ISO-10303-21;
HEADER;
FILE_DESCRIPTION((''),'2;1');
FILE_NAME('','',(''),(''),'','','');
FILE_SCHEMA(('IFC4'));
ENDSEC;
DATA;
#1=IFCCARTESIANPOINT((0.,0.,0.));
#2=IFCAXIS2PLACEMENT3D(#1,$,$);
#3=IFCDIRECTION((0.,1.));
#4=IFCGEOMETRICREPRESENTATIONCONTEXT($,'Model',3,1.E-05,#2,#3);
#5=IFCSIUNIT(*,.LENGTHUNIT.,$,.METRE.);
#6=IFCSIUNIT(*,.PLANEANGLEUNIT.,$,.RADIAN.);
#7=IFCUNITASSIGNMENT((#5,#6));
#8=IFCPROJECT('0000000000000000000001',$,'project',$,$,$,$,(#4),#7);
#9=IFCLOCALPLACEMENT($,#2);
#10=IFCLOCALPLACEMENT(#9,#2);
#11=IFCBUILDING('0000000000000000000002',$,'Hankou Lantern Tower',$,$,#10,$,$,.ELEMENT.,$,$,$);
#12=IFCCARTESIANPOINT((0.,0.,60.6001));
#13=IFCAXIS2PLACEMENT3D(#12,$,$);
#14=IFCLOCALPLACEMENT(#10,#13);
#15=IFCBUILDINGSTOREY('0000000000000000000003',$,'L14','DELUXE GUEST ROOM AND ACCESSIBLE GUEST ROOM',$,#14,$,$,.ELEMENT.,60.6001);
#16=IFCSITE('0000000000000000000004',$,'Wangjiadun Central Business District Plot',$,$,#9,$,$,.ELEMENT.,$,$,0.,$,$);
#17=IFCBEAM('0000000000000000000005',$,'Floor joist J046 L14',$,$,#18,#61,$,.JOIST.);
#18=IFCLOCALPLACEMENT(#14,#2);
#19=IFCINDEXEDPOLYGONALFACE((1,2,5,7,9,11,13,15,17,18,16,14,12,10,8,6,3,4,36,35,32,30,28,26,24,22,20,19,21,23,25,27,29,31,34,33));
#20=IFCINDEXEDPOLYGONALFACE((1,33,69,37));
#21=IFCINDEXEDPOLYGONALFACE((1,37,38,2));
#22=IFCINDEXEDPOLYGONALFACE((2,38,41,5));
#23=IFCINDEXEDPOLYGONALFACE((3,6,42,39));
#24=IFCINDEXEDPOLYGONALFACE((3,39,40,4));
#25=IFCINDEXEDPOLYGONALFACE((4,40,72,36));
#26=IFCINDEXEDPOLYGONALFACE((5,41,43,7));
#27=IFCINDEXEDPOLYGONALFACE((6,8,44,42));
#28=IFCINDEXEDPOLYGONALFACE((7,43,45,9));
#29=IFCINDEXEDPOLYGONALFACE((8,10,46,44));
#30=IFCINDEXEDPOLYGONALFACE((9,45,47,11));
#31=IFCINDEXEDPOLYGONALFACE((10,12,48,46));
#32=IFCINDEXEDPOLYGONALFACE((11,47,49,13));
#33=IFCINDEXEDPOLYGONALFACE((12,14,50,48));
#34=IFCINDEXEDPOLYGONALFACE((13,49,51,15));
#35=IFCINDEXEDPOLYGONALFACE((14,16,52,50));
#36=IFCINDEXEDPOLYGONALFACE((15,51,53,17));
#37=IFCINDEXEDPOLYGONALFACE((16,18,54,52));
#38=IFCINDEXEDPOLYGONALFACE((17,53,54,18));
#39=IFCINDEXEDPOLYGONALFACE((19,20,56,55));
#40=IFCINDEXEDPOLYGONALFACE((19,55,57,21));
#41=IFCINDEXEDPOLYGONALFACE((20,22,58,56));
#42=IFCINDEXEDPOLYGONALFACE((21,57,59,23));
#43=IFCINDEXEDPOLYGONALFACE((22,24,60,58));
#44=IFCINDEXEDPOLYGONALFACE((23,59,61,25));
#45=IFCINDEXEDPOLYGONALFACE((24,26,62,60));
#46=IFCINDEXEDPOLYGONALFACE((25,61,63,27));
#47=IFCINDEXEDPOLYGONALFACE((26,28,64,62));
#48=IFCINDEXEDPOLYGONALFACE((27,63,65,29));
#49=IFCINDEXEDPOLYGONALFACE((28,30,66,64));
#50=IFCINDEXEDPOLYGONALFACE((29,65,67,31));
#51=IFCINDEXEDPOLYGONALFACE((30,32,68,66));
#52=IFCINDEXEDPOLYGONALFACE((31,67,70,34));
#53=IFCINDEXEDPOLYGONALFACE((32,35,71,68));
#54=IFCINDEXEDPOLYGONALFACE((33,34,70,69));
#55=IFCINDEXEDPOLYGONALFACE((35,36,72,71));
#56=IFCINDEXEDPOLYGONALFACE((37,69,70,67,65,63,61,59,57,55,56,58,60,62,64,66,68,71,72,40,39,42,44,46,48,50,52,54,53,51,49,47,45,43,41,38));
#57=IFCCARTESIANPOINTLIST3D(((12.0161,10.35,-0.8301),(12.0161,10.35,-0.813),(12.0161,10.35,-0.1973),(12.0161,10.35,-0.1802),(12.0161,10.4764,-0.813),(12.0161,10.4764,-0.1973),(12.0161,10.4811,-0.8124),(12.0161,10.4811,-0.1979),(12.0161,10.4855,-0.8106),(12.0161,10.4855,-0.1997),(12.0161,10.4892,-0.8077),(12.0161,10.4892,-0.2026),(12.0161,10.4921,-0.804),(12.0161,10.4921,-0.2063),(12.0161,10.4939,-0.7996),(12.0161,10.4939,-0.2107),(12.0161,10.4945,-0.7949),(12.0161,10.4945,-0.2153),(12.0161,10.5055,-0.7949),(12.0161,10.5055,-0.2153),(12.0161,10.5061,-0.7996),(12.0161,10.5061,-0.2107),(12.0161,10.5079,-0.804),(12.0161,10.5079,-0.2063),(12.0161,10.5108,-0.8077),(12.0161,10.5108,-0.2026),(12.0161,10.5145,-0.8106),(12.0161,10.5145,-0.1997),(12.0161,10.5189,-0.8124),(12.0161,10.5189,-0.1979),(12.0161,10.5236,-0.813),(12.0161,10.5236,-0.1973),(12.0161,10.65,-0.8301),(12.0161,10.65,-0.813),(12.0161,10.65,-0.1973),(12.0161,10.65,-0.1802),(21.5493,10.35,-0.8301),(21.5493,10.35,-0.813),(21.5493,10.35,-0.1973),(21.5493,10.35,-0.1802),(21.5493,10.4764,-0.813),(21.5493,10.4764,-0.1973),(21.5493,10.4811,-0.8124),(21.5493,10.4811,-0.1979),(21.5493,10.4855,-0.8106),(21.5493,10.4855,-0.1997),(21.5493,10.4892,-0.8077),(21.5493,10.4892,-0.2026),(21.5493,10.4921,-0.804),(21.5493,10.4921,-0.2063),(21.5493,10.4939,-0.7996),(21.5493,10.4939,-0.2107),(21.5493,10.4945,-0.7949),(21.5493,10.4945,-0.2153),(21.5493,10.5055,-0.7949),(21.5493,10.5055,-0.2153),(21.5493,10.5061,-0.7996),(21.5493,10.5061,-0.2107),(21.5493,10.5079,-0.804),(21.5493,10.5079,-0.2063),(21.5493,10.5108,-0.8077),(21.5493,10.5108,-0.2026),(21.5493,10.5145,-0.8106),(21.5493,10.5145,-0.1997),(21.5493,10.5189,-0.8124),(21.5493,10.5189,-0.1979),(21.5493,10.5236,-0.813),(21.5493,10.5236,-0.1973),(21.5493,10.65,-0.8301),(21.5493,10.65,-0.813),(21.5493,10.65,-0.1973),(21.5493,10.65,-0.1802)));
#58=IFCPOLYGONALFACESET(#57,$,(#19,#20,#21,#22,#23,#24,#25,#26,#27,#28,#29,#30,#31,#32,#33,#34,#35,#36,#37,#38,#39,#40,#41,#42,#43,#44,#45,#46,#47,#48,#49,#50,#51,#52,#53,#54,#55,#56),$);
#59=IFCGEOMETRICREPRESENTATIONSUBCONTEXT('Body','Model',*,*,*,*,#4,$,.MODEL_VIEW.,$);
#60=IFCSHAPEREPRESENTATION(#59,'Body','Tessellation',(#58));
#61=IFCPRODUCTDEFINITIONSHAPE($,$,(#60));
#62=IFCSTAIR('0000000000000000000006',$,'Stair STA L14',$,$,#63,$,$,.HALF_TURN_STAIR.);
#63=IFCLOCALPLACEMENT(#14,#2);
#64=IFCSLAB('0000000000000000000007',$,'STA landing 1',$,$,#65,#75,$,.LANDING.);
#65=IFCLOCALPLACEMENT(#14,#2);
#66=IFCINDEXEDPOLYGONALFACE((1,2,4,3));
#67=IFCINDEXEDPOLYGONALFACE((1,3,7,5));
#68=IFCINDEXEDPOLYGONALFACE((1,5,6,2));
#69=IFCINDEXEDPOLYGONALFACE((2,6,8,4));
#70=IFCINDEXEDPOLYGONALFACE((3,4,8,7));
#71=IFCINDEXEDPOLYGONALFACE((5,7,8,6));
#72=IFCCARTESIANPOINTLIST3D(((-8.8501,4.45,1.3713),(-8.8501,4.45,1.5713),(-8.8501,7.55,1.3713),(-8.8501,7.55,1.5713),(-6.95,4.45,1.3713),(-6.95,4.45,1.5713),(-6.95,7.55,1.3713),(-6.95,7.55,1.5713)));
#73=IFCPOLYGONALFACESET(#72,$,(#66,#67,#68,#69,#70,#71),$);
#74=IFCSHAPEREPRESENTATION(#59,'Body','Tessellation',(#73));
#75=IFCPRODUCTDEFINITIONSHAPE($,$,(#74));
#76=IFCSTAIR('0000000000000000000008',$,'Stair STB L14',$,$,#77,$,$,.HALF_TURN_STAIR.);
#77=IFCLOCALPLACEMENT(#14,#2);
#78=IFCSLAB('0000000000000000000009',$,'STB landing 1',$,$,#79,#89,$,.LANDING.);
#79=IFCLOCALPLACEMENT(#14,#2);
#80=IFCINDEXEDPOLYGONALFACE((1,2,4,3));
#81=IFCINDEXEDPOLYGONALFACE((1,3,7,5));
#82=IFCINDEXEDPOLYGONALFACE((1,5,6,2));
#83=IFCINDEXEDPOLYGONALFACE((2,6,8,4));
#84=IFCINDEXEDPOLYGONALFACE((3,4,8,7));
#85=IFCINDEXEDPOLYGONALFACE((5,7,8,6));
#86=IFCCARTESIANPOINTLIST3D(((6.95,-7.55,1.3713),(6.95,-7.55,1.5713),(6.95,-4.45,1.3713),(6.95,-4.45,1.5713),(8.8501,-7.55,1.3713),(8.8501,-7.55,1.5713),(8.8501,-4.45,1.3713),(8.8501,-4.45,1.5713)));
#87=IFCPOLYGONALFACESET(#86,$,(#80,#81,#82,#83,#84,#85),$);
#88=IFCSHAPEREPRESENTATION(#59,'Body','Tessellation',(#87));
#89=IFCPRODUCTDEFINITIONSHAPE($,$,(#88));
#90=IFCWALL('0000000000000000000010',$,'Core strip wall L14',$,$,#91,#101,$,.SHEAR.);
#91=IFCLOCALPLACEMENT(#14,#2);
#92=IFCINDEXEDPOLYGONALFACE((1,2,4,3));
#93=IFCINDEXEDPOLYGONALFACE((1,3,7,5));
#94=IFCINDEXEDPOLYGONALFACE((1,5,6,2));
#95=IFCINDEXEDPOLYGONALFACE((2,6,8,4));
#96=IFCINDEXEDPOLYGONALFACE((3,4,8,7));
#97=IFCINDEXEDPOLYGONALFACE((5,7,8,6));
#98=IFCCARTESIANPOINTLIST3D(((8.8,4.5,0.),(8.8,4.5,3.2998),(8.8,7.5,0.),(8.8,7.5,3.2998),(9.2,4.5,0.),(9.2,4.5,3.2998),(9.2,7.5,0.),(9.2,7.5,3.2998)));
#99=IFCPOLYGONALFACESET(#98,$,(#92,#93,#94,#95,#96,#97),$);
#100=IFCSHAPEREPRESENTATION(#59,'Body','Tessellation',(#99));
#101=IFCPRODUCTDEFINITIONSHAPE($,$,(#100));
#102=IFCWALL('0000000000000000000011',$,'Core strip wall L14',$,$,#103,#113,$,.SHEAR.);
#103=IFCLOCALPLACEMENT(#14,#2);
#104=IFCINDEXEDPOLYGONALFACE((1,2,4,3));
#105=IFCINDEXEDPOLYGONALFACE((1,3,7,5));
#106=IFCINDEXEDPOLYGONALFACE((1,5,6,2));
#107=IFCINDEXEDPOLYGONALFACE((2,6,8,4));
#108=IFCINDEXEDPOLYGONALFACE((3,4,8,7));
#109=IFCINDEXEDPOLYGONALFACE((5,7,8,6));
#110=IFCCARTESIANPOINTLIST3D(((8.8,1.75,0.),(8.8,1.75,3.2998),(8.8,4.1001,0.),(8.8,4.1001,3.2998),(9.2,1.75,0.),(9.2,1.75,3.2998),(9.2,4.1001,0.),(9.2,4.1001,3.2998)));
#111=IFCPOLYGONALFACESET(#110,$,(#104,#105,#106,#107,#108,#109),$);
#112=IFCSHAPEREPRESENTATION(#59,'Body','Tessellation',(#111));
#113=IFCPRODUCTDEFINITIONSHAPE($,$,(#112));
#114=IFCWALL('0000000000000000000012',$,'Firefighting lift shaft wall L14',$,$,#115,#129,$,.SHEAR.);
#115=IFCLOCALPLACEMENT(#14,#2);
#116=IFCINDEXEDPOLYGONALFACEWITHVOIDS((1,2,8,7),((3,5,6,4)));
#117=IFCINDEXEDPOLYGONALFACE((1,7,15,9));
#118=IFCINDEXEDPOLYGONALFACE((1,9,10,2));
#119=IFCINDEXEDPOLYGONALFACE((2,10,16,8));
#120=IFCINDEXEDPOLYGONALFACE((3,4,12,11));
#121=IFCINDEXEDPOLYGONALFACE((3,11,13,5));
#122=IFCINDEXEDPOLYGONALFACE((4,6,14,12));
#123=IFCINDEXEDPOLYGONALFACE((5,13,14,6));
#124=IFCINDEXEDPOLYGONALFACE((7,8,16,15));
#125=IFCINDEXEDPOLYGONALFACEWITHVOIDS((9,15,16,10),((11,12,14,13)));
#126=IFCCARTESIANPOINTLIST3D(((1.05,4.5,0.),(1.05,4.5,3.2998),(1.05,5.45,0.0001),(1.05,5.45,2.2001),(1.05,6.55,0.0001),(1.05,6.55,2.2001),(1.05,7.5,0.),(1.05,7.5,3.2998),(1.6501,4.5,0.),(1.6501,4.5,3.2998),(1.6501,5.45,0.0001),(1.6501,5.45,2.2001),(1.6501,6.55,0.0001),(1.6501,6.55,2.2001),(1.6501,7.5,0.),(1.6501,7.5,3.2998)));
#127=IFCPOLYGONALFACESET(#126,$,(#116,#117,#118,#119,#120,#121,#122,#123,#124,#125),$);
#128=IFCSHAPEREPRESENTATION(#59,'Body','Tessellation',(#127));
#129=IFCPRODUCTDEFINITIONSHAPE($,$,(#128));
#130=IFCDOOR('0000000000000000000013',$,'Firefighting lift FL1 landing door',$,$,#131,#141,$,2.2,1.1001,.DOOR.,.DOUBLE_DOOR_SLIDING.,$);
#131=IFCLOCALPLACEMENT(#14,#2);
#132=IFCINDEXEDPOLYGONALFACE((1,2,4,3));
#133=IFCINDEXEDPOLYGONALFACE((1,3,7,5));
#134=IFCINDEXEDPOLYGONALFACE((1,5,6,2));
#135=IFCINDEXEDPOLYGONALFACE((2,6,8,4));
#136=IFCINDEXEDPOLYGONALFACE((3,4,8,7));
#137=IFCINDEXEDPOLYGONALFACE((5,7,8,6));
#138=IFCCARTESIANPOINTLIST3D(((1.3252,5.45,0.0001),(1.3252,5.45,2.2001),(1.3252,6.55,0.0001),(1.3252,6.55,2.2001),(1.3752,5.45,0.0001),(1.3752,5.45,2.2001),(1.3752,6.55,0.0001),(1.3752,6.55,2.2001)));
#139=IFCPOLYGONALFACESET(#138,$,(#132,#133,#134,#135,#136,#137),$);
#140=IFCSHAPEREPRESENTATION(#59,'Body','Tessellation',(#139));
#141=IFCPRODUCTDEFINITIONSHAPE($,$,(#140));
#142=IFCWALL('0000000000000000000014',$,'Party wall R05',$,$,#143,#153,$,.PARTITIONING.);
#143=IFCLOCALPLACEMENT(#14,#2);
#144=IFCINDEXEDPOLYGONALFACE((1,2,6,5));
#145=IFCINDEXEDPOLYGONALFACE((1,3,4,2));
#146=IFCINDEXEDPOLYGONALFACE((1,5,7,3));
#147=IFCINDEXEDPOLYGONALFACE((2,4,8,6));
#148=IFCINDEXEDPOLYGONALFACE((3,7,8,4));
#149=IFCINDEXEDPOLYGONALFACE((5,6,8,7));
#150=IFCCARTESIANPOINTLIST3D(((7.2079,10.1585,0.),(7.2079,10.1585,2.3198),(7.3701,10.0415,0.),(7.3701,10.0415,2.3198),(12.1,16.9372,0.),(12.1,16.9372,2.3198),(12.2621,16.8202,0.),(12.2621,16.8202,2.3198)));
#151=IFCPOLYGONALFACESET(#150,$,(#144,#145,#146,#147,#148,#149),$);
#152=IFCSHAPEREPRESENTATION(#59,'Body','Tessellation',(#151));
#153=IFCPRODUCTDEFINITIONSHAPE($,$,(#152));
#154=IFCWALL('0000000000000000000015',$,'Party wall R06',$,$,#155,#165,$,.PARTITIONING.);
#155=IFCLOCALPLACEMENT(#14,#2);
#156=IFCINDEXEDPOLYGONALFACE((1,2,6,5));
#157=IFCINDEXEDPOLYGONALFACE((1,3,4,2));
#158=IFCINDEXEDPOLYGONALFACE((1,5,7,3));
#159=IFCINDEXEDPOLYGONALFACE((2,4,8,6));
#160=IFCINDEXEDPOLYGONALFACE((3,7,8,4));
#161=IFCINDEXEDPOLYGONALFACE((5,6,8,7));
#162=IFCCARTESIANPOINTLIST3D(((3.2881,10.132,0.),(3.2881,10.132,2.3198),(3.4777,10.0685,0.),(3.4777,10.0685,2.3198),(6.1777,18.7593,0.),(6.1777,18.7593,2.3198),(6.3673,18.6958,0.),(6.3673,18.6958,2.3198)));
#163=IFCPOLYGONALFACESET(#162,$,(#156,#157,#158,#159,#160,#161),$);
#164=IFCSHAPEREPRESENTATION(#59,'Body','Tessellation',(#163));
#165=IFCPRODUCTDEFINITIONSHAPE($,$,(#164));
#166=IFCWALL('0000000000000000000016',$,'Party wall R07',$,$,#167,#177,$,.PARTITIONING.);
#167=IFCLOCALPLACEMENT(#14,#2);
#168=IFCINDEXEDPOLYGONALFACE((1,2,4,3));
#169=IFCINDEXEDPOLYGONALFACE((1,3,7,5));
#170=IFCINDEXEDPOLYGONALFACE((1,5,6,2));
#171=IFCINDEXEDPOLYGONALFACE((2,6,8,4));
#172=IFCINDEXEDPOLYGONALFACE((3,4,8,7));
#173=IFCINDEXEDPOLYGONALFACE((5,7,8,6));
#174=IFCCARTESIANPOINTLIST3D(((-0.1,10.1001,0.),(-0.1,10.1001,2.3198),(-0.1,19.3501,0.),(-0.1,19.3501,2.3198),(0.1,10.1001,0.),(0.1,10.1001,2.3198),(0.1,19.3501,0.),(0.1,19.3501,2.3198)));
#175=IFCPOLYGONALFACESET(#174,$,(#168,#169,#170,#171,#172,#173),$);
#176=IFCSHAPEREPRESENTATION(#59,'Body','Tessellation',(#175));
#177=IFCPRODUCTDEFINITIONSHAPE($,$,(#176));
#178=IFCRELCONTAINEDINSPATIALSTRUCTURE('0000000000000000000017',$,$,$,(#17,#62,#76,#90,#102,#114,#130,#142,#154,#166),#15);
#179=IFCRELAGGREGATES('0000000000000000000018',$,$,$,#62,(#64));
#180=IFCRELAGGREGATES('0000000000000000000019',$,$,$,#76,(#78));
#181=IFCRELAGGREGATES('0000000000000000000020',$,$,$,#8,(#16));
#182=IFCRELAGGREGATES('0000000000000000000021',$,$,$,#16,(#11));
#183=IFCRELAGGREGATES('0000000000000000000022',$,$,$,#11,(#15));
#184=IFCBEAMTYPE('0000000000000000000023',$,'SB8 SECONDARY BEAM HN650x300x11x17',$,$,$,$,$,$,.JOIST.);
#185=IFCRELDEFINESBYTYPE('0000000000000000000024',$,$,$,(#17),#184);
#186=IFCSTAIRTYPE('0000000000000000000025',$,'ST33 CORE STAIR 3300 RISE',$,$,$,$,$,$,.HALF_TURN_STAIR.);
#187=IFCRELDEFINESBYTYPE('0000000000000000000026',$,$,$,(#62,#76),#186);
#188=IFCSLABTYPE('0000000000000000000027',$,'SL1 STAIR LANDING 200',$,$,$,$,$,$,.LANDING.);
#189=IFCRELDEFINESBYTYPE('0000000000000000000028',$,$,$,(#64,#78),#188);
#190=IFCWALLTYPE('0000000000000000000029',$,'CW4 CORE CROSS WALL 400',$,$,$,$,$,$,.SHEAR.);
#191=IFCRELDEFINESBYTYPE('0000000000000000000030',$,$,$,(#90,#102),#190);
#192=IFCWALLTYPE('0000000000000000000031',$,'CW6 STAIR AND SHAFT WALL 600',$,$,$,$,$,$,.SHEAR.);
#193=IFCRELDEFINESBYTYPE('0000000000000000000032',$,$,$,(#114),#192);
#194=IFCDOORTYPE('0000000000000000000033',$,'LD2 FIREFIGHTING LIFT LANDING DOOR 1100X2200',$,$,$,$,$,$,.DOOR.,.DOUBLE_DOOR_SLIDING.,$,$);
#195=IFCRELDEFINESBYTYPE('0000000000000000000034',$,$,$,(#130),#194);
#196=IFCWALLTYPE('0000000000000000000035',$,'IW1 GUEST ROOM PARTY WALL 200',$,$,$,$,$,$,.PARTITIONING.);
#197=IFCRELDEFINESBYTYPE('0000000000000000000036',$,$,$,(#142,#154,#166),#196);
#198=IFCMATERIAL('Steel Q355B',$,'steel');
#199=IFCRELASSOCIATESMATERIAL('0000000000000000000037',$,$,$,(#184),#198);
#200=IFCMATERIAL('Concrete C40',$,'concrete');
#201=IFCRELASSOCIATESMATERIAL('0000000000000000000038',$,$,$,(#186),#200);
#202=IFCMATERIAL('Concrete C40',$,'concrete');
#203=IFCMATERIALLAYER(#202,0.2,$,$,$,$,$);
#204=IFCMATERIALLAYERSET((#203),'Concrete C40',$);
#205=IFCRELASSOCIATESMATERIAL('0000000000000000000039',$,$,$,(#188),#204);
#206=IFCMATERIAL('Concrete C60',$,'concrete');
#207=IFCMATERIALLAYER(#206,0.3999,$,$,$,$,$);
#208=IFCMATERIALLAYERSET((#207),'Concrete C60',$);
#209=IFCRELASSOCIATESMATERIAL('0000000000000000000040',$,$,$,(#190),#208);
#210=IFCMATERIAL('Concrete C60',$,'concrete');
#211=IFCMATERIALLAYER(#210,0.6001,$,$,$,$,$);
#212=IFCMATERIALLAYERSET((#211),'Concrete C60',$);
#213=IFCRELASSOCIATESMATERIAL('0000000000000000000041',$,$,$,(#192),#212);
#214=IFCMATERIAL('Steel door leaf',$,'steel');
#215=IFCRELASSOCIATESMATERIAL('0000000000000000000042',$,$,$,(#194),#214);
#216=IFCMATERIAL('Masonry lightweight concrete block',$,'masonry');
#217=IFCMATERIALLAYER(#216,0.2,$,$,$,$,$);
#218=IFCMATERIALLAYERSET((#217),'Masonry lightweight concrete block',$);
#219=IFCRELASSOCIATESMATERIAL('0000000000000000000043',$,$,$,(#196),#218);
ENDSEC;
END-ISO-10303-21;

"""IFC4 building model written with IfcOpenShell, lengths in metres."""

from ifc_helpers import new_model, si_unit, direction, frame, frame_2d, origin, origin_2d, place, context, subcontext, project, spatial, polyline, rectangle, i_section, outline, extrude, material, layer, layer_set, material_profile, profile_set, type_object, element, fill, aggregate, save


model = new_model("IFC4")

# Units and contexts
model_context = context("Model", 3, precision=1e-05, world=origin(), true_north=direction((0.0, 1.0)))
body_context = subcontext(model_context, "Body", "Model", "MODEL_VIEW")
ifc_project = project(units=[si_unit("LENGTHUNIT", "METRE"), si_unit("PLANEANGLEUNIT", "RADIAN")], contexts=[model_context])

# Site, building, storey
site_placement = place(None, origin())
site = spatial("IfcSite", under=ifc_project, at=site_placement, Name="Wangjiadun Central Business District Plot", CompositionType="ELEMENT", RefElevation=0.0)
building_placement = place(site_placement, origin())
building = spatial("IfcBuilding", under=site, at=building_placement, Name="Hankou Lantern Tower", CompositionType="ELEMENT")
storey_placement = place(building_placement, frame((0.0, 0.0, 60.6001)))
storey = spatial("IfcBuildingStorey", under=building, at=storey_placement, Name="L14", Description="DELUXE GUEST ROOM AND ACCESSIBLE GUEST ROOM", CompositionType="ELEMENT", Elevation=60.6001)

# Beam
ifc_material_1 = material(Name="Steel Q355B", Category="steel")
ifc_material_profile_1 = material_profile(ifc_material_1, i_section(OverallWidth=0.3, OverallDepth=0.6499, WebThickness=0.011, FlangeThickness=0.0171, FilletRadius=0.0181, at=origin_2d()), Name="HN650x300x11x17")
ifc_profile_set_1 = profile_set([ifc_material_profile_1], Name="Steel Q355B")
beam_type_1 = type_object("IfcBeamType", Name="SB8 SECONDARY BEAM HN650x300x11x17", PredefinedType="JOIST", material=ifc_profile_set_1)
beam_1_placement = place(storey_placement, frame((12.0161, 10.5, -0.5051), z_axis=(1.0, 0.0, 0.0), x_axis=(0.0, 1.0, 0.0)))
element("IfcBeam", 1, at=beam_1_placement, inside=storey, type_object=beam_type_1, Name="Floor joist J046 L14", PredefinedType="JOIST", context=body_context, shape_type="SweptSolid", body=[
    extrude(i_section(OverallWidth=0.3, OverallDepth=0.6499, WebThickness=0.011, FlangeThickness=0.0171, FilletRadius=0.0181, at=origin_2d()), origin(), (0.0, 0.0, 1.0), 9.5332),
])

# Stairs, slabs
ifc_material_2 = material(Name="Concrete C40", Category="concrete")
stair_type = type_object("IfcStairType", Name="ST33 CORE STAIR 3300 RISE", PredefinedType="HALF_TURN_STAIR", material=ifc_material_2)
stair_1_placement = place(storey_placement, origin())
stair_1 = element("IfcStair", 2, at=stair_1_placement, inside=storey, type_object=stair_type, Name="Stair STA L14", PredefinedType="HALF_TURN_STAIR")
ifc_material_3 = material(Name="Concrete C40", Category="concrete")
ifc_layer_1 = layer(ifc_material_3, 0.2)
ifc_layer_set_1 = layer_set([ifc_layer_1], Name="Concrete C40")
slab_type = type_object("IfcSlabType", Name="SL1 STAIR LANDING 200", PredefinedType="LANDING", material=ifc_layer_set_1)
slab_1_placement = place(storey_placement, frame((0.0, 0.0, 1.3713)))
slab_1 = element("IfcSlab", 3, at=slab_1_placement, type_object=slab_type, Name="STA landing 1", PredefinedType="LANDING", context=body_context, shape_type="SweptSolid", body=[
    extrude(outline(polyline([(-8.8501, 4.45), (-6.95, 4.45), (-6.95, 7.55), (-8.8501, 7.55), (-8.8501, 4.45)])), origin(), (0.0, 0.0, 1.0), 0.2),
])
aggregate(stair_1, [slab_1])
stair_2_placement = place(storey_placement, origin())
stair_2 = element("IfcStair", 4, at=stair_2_placement, inside=storey, type_object=stair_type, Name="Stair STB L14", PredefinedType="HALF_TURN_STAIR")
slab_2_placement = place(storey_placement, frame((0.0, 0.0, 1.3713)))
slab_2 = element("IfcSlab", 5, at=slab_2_placement, type_object=slab_type, Name="STB landing 1", PredefinedType="LANDING", context=body_context, shape_type="SweptSolid", body=[
    extrude(outline(polyline([(8.8501, -4.45), (6.95, -4.45), (6.95, -7.55), (8.8501, -7.55), (8.8501, -4.45)])), origin(), (0.0, 0.0, 1.0), 0.2),
])
aggregate(stair_2, [slab_2])

# Walls
ifc_material_4 = material(Name="Concrete C60", Category="concrete")
ifc_layer_2 = layer(ifc_material_4, 0.3999)
ifc_layer_set_2 = layer_set([ifc_layer_2], Name="Concrete C60")
wall_type_1 = type_object("IfcWallType", Name="CW4 CORE CROSS WALL 400", PredefinedType="SHEAR", material=ifc_layer_set_2)
wall_1_placement = place(storey_placement, frame((9.0, 4.5, 0.0), z_axis=(0.0, 0.0, 1.0), x_axis=(0.0, 1.0, 0.0)))
element("IfcWall", 6, at=wall_1_placement, inside=storey, type_object=wall_type_1, Name="Core strip wall L14", PredefinedType="SHEAR", context=body_context, shape_type="SweptSolid", body=[
    extrude(rectangle(XDim=3.0, YDim=0.3999, at=frame_2d((1.5, 0.0))), origin(), (0.0, 0.0, 1.0), 3.2998),
])
wall_2_placement = place(storey_placement, frame((9.0, 1.75, 0.0), z_axis=(0.0, 0.0, 1.0), x_axis=(0.0, 1.0, 0.0)))
element("IfcWall", 7, at=wall_2_placement, inside=storey, type_object=wall_type_1, Name="Core strip wall L14", PredefinedType="SHEAR", context=body_context, shape_type="SweptSolid", body=[
    extrude(rectangle(XDim=2.3501, YDim=0.3999, at=frame_2d((1.175, 0.0))), origin(), (0.0, 0.0, 1.0), 3.2998),
])

# Wall, opening, door
ifc_material_5 = material(Name="Concrete C60", Category="concrete")
ifc_layer_3 = layer(ifc_material_5, 0.6001)
ifc_layer_set_3 = layer_set([ifc_layer_3], Name="Concrete C60")
wall_type_2 = type_object("IfcWallType", Name="CW6 STAIR AND SHAFT WALL 600", PredefinedType="SHEAR", material=ifc_layer_set_3)
wall_3_placement = place(storey_placement, frame((1.3501, 4.5, 0.0), z_axis=(0.0, 0.0, 1.0), x_axis=(0.0, 1.0, 0.0)))
wall_3 = element("IfcWall", 8, at=wall_3_placement, inside=storey, type_object=wall_type_2, Name="Firefighting lift shaft wall L14", PredefinedType="SHEAR", context=body_context, shape_type="SweptSolid", body=[
    extrude(rectangle(XDim=3.0, YDim=0.6001, at=frame_2d((1.5, 0.0))), origin(), (0.0, 0.0, 1.0), 3.2998),
])
opening_1_placement = place(wall_3_placement, frame((0.95, 0.0, 0.0)))
opening_1 = element("IfcOpeningElement", 9, at=opening_1_placement, cuts=wall_3, PredefinedType="OPENING", context=body_context, shape_type="SweptSolid", body=[
    extrude(rectangle(XDim=1.1001, YDim=2.2, at=frame_2d((0.55, 1.1001))), frame((0.0, 0.3101, 0.0), z_axis=(0.0, -1.0, 0.0), x_axis=(1.0, 0.0, 0.0)), (0.0, 0.0, 1.0), 0.6201),
])
ifc_material_6 = material(Name="Steel door leaf", Category="steel")
door_type_1 = type_object("IfcDoorType", Name="LD2 FIREFIGHTING LIFT LANDING DOOR 1100X2200", OperationType="DOUBLE_DOOR_SLIDING", PredefinedType="DOOR", material=ifc_material_6)
door_1_placement = place(opening_1_placement, origin())
door_1 = element("IfcDoor", 10, at=door_1_placement, inside=storey, type_object=door_type_1, Name="Firefighting lift FL1 landing door", OperationType="DOUBLE_DOOR_SLIDING", OverallHeight=2.2, OverallWidth=1.1001, PredefinedType="DOOR", context=body_context, shape_type="SweptSolid", body=[
    extrude(rectangle(XDim=1.1001, YDim=2.2, at=frame_2d((0.55, 1.1001))), frame((0.0, 0.0249, 0.0), z_axis=(0.0, -1.0, 0.0), x_axis=(1.0, 0.0, 0.0)), (0.0, 0.0, 1.0), 0.05),
])
fill(opening_1, door_1)

# Walls
ifc_material_7 = material(Name="Masonry lightweight concrete block", Category="masonry")
ifc_layer_4 = layer(ifc_material_7, 0.2)
ifc_layer_set_4 = layer_set([ifc_layer_4], Name="Masonry lightweight concrete block")
wall_type_3 = type_object("IfcWallType", Name="IW1 GUEST ROOM PARTY WALL 200", PredefinedType="PARTITIONING", material=ifc_layer_set_4)
wall_4_placement = place(storey_placement, frame((7.2891, 10.1001, 0.0), z_axis=(0.0, 0.0, 1.0), x_axis=(0.585198, 0.81089, 0.0)))
element("IfcWall", 11, at=wall_4_placement, inside=storey, type_object=wall_type_3, Name="Party wall R05", PredefinedType="PARTITIONING", context=body_context, shape_type="SweptSolid", body=[
    extrude(rectangle(XDim=8.3596, YDim=0.2, at=frame_2d((4.1797, 0.0))), origin(), (0.0, 0.0, 1.0), 2.3198),
])
wall_5_placement = place(storey_placement, frame((3.3828, 10.1001, 0.0), z_axis=(0.0, 0.0, 1.0), x_axis=(0.317596, 0.948226, 0.0)))
element("IfcWall", 12, at=wall_5_placement, inside=storey, type_object=wall_type_3, Name="Party wall R06", PredefinedType="PARTITIONING", context=body_context, shape_type="SweptSolid", body=[
    extrude(rectangle(XDim=9.0984, YDim=0.2, at=frame_2d((4.5493, 0.0))), origin(), (0.0, 0.0, 1.0), 2.3198),
])
wall_6_placement = place(storey_placement, frame((0.0, 10.1001, 0.0), z_axis=(0.0, 0.0, 1.0), x_axis=(0.0, 1.0, 0.0)))
element("IfcWall", 13, at=wall_6_placement, inside=storey, type_object=wall_type_3, Name="Party wall R07", PredefinedType="PARTITIONING", context=body_context, shape_type="SweptSolid", body=[
    extrude(rectangle(XDim=9.25, YDim=0.2, at=frame_2d((4.625, 0.0))), origin(), (0.0, 0.0, 1.0), 2.3198),
])

save(model, "model.ifc")
